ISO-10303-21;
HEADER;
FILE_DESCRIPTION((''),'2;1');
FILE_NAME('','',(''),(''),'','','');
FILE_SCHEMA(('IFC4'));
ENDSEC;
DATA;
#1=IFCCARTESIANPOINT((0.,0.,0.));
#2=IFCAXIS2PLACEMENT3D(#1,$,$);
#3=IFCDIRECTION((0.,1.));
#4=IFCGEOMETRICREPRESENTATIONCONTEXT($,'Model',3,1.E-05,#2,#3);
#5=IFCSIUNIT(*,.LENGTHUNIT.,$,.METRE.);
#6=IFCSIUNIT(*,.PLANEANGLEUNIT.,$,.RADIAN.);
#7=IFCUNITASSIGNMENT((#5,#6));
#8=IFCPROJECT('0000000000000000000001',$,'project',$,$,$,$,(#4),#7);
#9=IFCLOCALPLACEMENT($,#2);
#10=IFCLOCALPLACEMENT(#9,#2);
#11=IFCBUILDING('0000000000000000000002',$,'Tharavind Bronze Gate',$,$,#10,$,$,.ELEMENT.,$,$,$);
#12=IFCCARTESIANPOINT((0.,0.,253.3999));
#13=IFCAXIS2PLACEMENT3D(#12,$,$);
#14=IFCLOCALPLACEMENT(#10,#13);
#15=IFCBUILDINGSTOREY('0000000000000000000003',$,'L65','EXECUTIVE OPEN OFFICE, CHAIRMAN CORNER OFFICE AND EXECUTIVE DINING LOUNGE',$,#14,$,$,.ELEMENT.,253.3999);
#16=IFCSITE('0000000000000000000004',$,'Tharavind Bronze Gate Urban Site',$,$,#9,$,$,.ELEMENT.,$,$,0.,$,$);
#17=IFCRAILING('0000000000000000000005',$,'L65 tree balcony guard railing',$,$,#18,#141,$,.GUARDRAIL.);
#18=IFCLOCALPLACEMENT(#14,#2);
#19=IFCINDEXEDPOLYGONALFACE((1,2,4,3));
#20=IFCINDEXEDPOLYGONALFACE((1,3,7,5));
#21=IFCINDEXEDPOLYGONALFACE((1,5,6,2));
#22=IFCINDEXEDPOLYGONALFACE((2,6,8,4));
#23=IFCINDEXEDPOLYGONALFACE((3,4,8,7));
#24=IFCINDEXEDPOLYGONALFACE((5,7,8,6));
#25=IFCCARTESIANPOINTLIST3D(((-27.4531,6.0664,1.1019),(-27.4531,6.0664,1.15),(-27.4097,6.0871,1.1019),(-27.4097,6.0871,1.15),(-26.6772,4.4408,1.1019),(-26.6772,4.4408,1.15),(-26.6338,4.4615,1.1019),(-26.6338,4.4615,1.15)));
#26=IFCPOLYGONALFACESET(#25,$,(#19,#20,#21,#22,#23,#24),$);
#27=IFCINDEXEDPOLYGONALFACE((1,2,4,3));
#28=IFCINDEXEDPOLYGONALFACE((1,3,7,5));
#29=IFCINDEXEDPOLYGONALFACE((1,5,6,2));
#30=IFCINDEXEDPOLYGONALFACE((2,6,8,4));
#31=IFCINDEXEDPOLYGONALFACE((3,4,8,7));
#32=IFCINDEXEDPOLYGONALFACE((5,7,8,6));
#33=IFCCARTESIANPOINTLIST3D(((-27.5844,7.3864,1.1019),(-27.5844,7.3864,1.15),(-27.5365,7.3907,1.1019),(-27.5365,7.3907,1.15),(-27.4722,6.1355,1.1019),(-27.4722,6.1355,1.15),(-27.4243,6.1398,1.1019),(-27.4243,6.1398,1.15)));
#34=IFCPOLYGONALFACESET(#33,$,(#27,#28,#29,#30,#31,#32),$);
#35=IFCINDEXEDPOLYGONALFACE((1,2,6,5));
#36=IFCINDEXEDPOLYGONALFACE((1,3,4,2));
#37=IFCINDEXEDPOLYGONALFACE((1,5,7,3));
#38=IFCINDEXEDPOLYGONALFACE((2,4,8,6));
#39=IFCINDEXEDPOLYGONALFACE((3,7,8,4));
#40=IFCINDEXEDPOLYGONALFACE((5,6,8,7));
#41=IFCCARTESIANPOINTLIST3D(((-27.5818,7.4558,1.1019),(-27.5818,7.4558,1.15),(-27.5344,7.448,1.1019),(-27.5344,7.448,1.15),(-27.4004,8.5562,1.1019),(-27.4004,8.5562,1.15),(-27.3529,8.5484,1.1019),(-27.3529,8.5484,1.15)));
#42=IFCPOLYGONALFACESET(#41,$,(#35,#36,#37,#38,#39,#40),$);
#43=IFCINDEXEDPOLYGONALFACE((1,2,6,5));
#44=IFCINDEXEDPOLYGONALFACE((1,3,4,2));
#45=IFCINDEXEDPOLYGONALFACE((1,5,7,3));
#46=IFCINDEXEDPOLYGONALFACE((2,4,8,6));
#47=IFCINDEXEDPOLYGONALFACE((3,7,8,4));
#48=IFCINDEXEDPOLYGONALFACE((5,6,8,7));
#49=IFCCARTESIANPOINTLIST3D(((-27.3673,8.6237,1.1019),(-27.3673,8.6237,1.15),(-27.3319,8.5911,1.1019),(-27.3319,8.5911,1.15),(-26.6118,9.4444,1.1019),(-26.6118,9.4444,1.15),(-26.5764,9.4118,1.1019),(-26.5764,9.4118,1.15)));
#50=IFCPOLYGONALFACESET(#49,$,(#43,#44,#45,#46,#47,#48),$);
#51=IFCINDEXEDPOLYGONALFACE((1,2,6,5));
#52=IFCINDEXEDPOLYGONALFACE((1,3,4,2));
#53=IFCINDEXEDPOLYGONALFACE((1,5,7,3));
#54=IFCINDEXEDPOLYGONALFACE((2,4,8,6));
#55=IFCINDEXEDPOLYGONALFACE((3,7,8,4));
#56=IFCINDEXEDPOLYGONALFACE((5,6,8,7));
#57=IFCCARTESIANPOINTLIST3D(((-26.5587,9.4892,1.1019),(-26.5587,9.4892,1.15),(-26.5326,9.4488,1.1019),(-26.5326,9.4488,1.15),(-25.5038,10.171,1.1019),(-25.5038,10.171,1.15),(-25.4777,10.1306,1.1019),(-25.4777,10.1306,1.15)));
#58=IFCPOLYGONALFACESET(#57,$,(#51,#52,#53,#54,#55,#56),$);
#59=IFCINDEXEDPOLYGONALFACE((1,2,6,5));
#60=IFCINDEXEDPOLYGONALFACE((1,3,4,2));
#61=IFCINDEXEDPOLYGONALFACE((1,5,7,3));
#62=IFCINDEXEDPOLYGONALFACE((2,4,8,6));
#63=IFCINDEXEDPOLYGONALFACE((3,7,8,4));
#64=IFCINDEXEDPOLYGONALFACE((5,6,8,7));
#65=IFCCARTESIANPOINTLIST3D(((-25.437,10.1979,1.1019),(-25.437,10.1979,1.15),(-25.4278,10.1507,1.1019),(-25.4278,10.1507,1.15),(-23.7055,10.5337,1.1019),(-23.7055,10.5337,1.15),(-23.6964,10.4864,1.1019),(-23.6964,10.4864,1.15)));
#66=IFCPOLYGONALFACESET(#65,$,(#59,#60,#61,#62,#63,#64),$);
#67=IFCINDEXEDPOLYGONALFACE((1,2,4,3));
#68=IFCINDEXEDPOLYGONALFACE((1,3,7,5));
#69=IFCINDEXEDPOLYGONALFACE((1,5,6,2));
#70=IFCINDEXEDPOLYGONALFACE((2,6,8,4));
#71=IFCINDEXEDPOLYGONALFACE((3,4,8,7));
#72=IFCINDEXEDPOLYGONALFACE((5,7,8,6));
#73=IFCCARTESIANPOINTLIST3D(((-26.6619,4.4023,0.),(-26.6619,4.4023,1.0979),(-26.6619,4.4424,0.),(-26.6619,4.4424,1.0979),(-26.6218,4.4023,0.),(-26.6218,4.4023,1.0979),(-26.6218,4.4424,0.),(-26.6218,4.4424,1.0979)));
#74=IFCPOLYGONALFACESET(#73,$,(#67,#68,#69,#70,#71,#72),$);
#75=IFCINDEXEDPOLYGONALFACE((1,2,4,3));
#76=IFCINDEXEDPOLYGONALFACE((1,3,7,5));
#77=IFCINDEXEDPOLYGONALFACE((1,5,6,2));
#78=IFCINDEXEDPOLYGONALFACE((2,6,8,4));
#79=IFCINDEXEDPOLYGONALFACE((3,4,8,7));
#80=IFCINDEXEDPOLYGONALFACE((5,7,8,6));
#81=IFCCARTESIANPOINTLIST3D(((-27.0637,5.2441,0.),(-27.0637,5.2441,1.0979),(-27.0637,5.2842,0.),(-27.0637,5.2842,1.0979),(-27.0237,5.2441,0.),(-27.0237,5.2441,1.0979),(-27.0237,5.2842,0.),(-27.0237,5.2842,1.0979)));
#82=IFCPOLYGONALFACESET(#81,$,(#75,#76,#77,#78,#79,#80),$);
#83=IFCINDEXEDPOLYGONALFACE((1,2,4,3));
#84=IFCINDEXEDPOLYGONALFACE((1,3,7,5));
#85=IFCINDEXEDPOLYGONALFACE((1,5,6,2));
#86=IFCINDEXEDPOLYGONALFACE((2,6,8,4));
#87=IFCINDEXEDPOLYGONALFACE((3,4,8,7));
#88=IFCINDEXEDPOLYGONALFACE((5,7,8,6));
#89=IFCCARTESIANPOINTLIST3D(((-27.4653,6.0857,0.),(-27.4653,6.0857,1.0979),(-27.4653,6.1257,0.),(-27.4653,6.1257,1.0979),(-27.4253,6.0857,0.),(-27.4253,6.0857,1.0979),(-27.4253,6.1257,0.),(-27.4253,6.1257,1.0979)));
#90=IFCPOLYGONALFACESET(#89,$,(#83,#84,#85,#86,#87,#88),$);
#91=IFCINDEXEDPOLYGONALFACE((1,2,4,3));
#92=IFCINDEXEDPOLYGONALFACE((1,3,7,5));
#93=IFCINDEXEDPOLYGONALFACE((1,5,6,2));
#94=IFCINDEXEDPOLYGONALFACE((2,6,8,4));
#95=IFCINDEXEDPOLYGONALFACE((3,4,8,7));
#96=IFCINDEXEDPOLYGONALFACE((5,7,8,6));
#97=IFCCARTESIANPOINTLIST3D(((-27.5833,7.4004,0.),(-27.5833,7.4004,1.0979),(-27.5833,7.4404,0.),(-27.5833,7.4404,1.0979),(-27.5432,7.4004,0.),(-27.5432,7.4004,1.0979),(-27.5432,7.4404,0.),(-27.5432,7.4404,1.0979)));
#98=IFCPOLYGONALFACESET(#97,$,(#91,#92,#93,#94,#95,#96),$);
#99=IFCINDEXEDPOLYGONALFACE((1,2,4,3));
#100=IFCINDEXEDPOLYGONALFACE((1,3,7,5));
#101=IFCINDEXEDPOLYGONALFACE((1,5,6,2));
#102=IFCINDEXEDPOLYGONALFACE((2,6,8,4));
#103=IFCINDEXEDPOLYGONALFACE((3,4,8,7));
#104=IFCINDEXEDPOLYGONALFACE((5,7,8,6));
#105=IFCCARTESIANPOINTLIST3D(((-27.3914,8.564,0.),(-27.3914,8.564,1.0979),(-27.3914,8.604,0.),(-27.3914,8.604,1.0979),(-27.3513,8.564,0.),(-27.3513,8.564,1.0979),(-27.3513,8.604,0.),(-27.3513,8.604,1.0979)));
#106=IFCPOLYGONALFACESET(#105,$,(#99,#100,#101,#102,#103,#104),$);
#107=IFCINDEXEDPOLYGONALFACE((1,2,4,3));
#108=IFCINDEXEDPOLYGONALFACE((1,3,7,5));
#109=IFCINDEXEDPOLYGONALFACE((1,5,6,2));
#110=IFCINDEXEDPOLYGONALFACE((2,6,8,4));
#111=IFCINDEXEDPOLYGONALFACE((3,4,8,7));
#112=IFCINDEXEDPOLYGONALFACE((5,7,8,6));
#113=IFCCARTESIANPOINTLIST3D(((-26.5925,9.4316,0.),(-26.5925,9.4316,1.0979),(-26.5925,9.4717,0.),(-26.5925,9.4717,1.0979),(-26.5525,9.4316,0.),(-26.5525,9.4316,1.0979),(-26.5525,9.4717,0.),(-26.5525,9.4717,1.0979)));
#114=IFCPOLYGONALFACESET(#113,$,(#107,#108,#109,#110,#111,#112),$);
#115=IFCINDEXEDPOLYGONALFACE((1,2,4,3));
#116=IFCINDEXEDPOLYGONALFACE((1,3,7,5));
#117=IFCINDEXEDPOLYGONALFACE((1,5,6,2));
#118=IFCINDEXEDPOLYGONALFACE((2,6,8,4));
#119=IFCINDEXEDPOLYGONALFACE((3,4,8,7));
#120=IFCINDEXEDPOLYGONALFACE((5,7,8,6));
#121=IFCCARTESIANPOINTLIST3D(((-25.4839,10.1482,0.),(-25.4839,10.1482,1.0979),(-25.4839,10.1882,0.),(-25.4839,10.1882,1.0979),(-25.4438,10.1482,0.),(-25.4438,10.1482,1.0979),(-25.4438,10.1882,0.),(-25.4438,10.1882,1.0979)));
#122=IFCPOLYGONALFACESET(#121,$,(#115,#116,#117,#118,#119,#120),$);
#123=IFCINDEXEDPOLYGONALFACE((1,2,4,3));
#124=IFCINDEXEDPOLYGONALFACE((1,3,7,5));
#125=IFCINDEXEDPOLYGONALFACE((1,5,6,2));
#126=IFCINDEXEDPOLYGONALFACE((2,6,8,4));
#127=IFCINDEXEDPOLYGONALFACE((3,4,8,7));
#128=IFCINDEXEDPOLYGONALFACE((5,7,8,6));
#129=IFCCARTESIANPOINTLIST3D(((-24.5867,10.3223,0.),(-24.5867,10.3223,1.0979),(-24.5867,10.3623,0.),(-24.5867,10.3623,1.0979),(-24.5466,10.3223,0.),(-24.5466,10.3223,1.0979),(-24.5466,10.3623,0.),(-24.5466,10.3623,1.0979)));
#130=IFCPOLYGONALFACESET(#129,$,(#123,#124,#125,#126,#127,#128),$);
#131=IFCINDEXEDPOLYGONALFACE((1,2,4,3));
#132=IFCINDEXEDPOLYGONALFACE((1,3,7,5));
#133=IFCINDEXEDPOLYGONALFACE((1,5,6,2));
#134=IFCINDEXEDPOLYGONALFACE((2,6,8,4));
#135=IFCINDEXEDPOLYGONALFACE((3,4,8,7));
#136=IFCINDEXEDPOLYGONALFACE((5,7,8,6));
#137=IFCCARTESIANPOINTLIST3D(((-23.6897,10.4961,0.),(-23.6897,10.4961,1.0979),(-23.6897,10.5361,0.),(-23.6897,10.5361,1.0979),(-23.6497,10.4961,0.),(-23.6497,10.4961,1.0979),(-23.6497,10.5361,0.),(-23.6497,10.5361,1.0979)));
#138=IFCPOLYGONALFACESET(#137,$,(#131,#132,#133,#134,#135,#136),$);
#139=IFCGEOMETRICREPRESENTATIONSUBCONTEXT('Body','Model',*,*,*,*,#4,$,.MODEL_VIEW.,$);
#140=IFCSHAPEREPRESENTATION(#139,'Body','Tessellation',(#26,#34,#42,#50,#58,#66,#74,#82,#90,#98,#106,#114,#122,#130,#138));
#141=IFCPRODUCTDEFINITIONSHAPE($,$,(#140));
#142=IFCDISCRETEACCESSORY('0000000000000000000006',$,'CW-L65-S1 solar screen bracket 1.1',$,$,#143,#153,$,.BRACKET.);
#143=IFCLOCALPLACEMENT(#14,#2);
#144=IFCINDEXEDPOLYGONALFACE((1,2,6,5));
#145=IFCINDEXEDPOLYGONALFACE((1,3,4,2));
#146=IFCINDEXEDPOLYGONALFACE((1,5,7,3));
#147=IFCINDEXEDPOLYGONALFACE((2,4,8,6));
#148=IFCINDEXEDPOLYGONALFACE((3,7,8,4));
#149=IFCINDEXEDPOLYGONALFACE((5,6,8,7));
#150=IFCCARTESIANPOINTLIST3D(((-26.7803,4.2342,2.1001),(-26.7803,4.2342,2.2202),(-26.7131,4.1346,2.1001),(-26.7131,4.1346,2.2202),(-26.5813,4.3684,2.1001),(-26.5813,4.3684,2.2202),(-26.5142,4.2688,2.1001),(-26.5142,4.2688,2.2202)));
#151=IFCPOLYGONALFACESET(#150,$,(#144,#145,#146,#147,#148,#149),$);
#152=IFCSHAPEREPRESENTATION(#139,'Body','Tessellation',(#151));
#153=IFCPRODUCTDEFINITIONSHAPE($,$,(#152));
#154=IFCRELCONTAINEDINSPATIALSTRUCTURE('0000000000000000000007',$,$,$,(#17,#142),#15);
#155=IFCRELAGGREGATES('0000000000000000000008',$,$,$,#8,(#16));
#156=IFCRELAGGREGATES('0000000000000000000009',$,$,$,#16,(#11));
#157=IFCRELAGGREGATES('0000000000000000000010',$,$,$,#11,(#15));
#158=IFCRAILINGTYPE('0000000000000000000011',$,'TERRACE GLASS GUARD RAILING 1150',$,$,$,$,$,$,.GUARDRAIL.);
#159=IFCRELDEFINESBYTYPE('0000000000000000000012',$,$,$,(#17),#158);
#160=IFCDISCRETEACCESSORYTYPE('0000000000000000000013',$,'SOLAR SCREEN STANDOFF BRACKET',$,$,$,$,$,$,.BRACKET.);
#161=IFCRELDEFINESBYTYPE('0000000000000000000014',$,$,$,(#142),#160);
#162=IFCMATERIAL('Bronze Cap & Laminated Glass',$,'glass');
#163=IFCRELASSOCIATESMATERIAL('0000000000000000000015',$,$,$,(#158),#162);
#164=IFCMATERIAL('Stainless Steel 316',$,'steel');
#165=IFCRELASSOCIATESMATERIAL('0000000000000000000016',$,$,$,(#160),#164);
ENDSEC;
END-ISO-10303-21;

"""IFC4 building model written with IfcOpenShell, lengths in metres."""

from ifc_helpers import new_model, si_unit, direction, frame, origin, origin_2d, place, context, subcontext, project, spatial, rectangle, extrude, material, type_object, element, save


model = new_model("IFC4")

# Units and contexts
model_context = context("Model", 3, precision=1e-05, world=origin(), true_north=direction((0.0, 1.0)))
body_context = subcontext(model_context, "Body", "Model", "MODEL_VIEW")
ifc_project = project(units=[si_unit("LENGTHUNIT", "METRE"), si_unit("PLANEANGLEUNIT", "RADIAN")], contexts=[model_context])

# Site, building, storey
site_placement = place(None, origin())
site = spatial("IfcSite", under=ifc_project, at=site_placement, Name="Tharavind Bronze Gate Urban Site", CompositionType="ELEMENT", RefElevation=0.0)
building_placement = place(site_placement, origin())
building = spatial("IfcBuilding", under=site, at=building_placement, Name="Tharavind Bronze Gate", CompositionType="ELEMENT")
storey_placement = place(building_placement, frame((0.0, 0.0, 253.3999)))
storey = spatial("IfcBuildingStorey", under=building, at=storey_placement, Name="L65", Description="EXECUTIVE OPEN OFFICE, CHAIRMAN CORNER OFFICE AND EXECUTIVE DINING LOUNGE", CompositionType="ELEMENT", Elevation=253.3999)

# Railing
ifc_material_1 = material(Name="Bronze Cap & Laminated Glass", Category="glass")
railing_type = type_object("IfcRailingType", Name="TERRACE GLASS GUARD RAILING 1150", PredefinedType="GUARDRAIL", material=ifc_material_1)
railing_placement = place(storey_placement, frame((-26.6418, 4.4224, 0.0)))
element("IfcRailing", 1, at=railing_placement, inside=storey, type_object=railing_type, Name="L65 tree balcony guard railing", PredefinedType="GUARDRAIL", context=body_context, shape_type="SweptSolid", body=[
    extrude(rectangle(XDim=0.0481, YDim=0.0481, at=origin_2d()), frame((-0.0137, 0.0288, 1.126), z_axis=(-0.430751, 0.902471, 0.0), x_axis=(-0.902471, -0.430751, 0.0)), (0.0, 0.0, 1.0), 1.8013),
    extrude(rectangle(XDim=0.0481, YDim=0.0481, at=origin_2d()), frame((-0.8064, 1.7153, 1.126), z_axis=(-0.089335, 0.996002, 0.0), x_axis=(-0.996002, -0.089335, 0.0)), (0.0, 0.0, 1.0), 1.2559),
    extrude(rectangle(XDim=0.0481, YDim=0.0481, at=origin_2d()), frame((-0.9163, 3.0295, 1.126), z_axis=(0.16272, 0.986672, 0.0), x_axis=(-0.986672, 0.16272, 0.0)), (0.0, 0.0, 1.0), 1.1152),
    extrude(rectangle(XDim=0.0481, YDim=0.0481, at=origin_2d()), frame((-0.7078, 4.1851, 1.126), z_axis=(0.677317, 0.735692, 0.0), x_axis=(-0.735692, 0.677317, 0.0)), (0.0, 0.0, 1.0), 1.1155),
    extrude(rectangle(XDim=0.0481, YDim=0.0481, at=origin_2d()), frame((0.0962, 5.0466, 1.126), z_axis=(0.839848, 0.542822, 0.0), x_axis=(-0.542822, 0.839848, 0.0)), (0.0, 0.0, 1.0), 1.2561),
    extrude(rectangle(XDim=0.0481, YDim=0.0481, at=origin_2d()), frame((1.2095, 5.752, 1.126), z_axis=(0.981715, 0.190358, 0.0), x_axis=(-0.190358, 0.981715, 0.0)), (0.0, 0.0, 1.0), 1.7637),
    extrude(rectangle(XDim=0.04, YDim=0.04, at=origin_2d()), origin(), (0.0, 0.0, 1.0), 1.0979),
    extrude(rectangle(XDim=0.04, YDim=0.04, at=origin_2d()), frame((-0.4019, 0.8418, 0.0)), (0.0, 0.0, 1.0), 1.0979),
    extrude(rectangle(XDim=0.04, YDim=0.04, at=origin_2d()), frame((-0.8035, 1.6833, 0.0)), (0.0, 0.0, 1.0), 1.0979),
    extrude(rectangle(XDim=0.04, YDim=0.04, at=origin_2d()), frame((-0.9214, 2.998, 0.0)), (0.0, 0.0, 1.0), 1.0979),
    extrude(rectangle(XDim=0.04, YDim=0.04, at=origin_2d()), frame((-0.7295, 4.1616, 0.0)), (0.0, 0.0, 1.0), 1.0979),
    extrude(rectangle(XDim=0.04, YDim=0.04, at=origin_2d()), frame((0.0693, 5.0293, 0.0)), (0.0, 0.0, 1.0), 1.0979),
    extrude(rectangle(XDim=0.04, YDim=0.04, at=origin_2d()), frame((1.178, 5.7458, 0.0)), (0.0, 0.0, 1.0), 1.0979),
    extrude(rectangle(XDim=0.04, YDim=0.04, at=origin_2d()), frame((2.0752, 5.9199, 0.0)), (0.0, 0.0, 1.0), 1.0979),
    extrude(rectangle(XDim=0.04, YDim=0.04, at=origin_2d()), frame((2.9722, 6.0938, 0.0)), (0.0, 0.0, 1.0), 1.0979),
])

# Discrete accessory
ifc_material_2 = material(Name="Stainless Steel 316", Category="steel")
discrete_accessory_type = type_object("IfcDiscreteAccessoryType", Name="SOLAR SCREEN STANDOFF BRACKET", PredefinedType="BRACKET", material=ifc_material_2)
discrete_accessory_placement = place(storey_placement, frame((-26.6472, 4.2515, 2.1001), z_axis=(0.0, 0.0, 1.0), x_axis=(0.559191, -0.829039, 0.0)))
element("IfcDiscreteAccessory", 2, at=discrete_accessory_placement, inside=storey, type_object=discrete_accessory_type, Name="CW-L65-S1 solar screen bracket 1.1", PredefinedType="BRACKET", context=body_context, shape_type="SweptSolid", body=[
    extrude(rectangle(XDim=0.1201, YDim=0.24, at=origin_2d()), origin(), (0.0, 0.0, 1.0), 0.1201),
])

save(model, "model.ifc")
